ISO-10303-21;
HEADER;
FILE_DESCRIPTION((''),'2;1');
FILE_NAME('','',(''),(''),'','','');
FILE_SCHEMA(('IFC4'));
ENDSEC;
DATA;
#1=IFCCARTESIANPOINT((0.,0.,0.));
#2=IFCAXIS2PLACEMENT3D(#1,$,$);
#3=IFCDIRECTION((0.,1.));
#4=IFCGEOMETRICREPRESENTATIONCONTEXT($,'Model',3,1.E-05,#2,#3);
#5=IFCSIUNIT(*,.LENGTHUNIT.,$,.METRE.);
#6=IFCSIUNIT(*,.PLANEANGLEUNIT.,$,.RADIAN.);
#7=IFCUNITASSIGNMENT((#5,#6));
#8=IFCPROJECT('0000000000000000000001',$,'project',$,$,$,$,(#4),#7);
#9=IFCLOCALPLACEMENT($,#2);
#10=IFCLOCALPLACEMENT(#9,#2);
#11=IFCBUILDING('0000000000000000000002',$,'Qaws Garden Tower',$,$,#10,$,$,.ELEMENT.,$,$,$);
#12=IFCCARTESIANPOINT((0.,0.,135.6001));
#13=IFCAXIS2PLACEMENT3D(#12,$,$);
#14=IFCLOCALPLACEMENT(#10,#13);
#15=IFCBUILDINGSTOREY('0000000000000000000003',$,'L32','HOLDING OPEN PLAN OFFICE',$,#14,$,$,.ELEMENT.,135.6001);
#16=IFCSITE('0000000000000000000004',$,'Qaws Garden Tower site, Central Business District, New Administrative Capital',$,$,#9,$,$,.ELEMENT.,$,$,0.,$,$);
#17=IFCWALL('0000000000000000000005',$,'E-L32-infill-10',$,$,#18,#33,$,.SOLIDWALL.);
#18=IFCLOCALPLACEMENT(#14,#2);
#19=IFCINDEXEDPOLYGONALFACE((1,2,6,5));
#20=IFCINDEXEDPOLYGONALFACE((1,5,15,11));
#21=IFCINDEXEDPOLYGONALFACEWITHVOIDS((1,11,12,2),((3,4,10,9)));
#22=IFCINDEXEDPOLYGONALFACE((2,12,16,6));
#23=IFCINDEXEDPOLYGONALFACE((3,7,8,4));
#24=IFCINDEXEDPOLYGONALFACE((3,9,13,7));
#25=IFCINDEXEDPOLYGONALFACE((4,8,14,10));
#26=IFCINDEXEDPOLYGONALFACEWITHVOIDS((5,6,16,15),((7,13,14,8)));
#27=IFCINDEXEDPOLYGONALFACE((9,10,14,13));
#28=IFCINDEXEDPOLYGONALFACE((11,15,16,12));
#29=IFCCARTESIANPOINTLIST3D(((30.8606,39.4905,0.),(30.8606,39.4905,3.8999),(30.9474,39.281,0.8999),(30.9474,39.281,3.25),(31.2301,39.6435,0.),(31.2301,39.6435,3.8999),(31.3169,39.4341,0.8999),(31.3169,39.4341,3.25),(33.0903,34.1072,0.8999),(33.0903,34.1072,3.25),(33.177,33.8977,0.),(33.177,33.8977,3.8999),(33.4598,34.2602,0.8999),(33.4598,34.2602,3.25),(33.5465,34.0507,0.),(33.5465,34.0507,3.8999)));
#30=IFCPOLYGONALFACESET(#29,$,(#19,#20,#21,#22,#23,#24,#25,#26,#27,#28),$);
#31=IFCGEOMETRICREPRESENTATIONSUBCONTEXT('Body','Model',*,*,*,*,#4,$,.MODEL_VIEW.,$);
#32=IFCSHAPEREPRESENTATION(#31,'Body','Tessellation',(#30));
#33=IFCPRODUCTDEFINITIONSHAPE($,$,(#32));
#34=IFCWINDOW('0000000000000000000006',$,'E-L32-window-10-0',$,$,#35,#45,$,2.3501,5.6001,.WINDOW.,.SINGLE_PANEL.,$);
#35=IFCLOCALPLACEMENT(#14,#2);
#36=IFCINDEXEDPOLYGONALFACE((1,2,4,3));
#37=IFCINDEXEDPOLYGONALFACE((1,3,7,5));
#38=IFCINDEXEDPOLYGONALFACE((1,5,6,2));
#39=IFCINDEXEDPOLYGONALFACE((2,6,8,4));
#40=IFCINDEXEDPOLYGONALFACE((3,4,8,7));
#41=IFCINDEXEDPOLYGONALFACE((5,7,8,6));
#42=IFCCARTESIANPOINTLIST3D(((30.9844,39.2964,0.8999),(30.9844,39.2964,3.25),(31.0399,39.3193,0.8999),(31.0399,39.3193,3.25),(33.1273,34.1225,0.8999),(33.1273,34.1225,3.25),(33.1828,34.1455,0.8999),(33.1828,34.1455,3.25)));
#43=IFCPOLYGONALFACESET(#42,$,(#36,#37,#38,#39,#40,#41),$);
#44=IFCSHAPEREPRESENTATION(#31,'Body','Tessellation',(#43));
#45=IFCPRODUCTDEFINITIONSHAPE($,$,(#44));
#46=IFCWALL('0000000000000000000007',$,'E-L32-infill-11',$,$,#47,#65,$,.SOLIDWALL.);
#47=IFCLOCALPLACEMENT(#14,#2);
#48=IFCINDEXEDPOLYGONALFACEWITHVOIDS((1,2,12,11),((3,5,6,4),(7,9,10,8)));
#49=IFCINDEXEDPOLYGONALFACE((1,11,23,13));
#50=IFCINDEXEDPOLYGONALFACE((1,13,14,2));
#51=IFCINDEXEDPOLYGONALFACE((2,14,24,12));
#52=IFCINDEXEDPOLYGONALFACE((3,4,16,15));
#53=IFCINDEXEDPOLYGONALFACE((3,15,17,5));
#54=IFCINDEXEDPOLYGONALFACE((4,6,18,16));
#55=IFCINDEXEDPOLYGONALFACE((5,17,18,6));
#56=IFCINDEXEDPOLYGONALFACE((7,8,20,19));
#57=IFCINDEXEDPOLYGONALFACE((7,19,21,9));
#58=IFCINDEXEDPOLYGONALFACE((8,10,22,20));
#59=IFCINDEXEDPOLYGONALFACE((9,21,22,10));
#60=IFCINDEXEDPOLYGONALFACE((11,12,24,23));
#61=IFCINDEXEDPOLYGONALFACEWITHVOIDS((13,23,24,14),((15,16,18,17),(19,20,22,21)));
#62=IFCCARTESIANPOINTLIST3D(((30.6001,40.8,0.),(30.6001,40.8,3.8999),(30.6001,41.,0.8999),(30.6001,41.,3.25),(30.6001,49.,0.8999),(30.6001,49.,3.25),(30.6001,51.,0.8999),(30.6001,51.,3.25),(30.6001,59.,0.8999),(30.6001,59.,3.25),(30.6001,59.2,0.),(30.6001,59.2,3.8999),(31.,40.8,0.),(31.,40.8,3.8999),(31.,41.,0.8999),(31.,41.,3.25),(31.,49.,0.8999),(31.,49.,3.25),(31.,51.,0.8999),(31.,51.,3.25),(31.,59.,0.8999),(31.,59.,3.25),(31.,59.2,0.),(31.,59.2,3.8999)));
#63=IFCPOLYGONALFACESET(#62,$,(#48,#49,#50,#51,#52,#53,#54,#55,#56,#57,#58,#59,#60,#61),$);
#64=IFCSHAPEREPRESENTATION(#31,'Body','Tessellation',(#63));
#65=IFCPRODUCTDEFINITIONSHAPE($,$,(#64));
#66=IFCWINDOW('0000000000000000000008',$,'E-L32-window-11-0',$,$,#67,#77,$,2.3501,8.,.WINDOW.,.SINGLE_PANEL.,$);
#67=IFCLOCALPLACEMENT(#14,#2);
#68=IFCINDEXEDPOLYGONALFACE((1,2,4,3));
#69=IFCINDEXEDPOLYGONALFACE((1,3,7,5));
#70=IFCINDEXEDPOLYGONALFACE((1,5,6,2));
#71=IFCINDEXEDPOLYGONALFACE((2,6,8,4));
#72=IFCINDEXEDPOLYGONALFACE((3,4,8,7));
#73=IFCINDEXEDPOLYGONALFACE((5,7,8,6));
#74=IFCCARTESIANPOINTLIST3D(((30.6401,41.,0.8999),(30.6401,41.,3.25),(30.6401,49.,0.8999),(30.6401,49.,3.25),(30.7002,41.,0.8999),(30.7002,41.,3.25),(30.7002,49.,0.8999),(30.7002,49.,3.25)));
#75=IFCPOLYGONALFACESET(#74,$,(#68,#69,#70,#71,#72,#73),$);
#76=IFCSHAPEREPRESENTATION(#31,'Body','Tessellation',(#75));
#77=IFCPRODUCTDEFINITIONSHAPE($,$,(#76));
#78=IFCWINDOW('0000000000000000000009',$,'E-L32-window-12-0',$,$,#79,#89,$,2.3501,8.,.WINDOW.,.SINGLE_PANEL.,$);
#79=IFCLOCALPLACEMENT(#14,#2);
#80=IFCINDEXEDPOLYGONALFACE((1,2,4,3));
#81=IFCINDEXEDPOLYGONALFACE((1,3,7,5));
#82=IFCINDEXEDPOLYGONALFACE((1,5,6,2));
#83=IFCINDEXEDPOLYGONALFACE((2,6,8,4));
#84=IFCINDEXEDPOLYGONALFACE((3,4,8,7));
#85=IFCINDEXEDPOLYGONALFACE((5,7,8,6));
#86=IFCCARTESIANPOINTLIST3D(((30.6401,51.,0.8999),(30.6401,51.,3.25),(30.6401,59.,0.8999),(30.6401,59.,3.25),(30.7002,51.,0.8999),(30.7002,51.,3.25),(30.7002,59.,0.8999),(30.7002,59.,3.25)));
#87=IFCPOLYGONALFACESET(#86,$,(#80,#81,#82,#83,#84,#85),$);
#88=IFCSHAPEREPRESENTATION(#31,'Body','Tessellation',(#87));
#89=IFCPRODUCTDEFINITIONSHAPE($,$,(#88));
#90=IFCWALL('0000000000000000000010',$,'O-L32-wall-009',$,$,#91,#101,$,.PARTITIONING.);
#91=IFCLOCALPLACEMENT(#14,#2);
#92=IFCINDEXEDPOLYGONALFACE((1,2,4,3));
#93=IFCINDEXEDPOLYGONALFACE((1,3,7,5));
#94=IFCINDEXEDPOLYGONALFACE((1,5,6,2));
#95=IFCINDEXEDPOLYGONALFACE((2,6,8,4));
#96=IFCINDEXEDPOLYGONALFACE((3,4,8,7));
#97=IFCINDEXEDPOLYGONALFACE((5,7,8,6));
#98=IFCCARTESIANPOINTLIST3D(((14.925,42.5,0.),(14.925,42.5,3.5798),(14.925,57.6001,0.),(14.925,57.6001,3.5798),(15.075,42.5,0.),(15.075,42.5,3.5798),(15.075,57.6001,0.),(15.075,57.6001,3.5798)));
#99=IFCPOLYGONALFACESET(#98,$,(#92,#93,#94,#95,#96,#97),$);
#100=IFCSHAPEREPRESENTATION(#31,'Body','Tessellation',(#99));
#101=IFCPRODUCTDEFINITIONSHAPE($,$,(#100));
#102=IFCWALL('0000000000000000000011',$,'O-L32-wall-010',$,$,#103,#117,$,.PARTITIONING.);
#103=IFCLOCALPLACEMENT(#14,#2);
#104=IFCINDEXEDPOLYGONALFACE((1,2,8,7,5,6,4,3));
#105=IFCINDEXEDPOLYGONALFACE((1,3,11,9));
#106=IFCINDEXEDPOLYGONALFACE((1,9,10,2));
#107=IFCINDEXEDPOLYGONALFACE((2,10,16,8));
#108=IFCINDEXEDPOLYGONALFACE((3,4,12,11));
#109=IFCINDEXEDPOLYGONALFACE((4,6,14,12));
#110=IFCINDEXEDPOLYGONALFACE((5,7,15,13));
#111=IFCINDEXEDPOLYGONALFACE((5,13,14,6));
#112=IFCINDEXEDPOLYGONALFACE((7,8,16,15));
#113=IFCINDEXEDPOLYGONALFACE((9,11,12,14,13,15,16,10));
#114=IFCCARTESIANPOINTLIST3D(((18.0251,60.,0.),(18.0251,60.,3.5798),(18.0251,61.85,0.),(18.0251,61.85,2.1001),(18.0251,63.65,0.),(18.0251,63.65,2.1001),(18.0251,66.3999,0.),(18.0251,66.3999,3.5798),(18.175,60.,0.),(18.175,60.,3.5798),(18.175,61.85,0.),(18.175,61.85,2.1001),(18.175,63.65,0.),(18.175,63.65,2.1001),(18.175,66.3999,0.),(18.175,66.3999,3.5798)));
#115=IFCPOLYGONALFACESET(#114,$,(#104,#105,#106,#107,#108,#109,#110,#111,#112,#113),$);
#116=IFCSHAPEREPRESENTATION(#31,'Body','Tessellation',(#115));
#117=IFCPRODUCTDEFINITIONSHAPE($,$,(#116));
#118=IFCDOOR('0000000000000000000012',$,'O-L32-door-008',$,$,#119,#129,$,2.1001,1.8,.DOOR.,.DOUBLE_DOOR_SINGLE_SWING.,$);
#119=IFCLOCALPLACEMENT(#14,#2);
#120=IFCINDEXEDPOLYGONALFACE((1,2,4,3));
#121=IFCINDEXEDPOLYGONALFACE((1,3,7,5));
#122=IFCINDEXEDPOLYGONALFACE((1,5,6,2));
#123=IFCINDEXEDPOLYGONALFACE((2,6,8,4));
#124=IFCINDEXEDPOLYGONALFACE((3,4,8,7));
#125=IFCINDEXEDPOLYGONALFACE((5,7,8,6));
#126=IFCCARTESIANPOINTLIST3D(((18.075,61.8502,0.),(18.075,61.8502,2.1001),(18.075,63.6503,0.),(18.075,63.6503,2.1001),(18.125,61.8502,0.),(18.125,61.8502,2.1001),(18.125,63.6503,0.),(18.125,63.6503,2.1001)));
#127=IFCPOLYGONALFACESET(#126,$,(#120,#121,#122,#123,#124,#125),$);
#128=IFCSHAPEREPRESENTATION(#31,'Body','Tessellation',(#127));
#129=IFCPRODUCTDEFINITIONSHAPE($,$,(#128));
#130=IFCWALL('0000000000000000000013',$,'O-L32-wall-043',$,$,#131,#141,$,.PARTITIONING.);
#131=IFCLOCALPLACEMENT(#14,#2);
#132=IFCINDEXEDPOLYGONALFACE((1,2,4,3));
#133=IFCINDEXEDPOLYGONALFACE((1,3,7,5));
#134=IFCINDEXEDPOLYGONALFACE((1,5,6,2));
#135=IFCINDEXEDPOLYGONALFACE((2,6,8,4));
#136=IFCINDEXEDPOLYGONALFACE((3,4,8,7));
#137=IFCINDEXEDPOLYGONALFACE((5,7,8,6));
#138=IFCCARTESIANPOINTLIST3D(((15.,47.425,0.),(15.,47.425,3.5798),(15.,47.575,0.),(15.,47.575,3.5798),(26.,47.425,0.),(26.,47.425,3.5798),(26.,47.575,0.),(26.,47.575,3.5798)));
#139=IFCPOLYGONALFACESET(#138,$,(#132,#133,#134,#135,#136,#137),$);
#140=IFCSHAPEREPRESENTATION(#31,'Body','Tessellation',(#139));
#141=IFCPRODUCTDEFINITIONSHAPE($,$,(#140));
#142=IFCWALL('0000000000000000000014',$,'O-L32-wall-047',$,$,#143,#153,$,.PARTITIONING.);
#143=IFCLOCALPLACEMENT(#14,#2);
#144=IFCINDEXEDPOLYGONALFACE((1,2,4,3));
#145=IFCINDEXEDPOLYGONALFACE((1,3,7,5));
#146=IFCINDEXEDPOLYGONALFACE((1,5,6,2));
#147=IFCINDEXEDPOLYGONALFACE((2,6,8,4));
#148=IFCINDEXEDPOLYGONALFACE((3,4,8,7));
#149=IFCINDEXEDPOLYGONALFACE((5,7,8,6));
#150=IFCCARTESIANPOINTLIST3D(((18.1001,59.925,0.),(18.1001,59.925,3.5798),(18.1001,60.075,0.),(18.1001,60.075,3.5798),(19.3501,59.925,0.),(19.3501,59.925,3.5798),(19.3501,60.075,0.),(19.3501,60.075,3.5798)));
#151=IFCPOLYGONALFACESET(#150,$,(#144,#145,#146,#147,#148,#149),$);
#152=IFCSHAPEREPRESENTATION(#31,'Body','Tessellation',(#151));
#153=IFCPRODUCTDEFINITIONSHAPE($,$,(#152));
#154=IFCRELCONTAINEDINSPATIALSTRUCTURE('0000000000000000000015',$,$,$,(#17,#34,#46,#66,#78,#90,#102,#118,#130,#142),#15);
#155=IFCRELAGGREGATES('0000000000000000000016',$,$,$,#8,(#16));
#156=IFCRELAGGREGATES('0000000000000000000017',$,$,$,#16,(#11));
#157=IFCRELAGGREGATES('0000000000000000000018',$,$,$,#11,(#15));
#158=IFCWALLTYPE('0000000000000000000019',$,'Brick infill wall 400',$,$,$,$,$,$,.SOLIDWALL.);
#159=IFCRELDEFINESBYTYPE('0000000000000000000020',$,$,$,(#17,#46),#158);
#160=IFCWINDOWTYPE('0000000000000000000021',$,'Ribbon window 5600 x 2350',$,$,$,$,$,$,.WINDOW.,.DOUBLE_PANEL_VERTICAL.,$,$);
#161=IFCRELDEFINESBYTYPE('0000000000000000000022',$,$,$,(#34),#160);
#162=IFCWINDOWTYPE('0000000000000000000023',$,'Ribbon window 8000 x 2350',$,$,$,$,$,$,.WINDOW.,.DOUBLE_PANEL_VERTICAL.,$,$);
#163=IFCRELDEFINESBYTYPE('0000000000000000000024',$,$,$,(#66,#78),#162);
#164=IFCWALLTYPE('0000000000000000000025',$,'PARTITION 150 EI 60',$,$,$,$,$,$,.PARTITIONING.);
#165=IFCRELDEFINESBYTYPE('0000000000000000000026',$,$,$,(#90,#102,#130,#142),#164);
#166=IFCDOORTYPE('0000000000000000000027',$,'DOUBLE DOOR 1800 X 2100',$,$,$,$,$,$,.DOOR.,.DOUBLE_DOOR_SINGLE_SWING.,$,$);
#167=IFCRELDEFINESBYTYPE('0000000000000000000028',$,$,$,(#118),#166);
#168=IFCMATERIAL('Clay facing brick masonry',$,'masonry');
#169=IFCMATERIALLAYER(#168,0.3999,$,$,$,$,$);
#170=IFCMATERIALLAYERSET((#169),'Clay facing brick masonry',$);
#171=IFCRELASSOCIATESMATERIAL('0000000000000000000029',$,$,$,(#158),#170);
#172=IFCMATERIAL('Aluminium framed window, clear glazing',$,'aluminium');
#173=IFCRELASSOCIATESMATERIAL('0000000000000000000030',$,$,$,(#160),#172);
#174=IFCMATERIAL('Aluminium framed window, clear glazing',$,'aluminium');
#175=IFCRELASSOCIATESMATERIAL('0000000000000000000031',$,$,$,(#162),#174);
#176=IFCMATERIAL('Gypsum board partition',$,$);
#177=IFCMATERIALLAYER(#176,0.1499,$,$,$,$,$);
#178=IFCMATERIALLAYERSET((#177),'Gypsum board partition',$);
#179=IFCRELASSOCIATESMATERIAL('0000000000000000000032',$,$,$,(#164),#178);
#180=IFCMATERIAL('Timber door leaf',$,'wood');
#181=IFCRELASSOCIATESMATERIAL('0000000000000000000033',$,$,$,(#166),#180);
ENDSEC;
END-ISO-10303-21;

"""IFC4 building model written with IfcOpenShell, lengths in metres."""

from ifc_helpers import new_model, si_unit, direction, frame, frame_2d, origin, place, context, subcontext, project, spatial, rectangle, extrude, material, layer, layer_set, type_object, element, fill, save


model = new_model("IFC4")

# Units and contexts
model_context = context("Model", 3, precision=1e-05, world=origin(), true_north=direction((0.0, 1.0)))
body_context = subcontext(model_context, "Body", "Model", "MODEL_VIEW")
ifc_project = project(units=[si_unit("LENGTHUNIT", "METRE"), si_unit("PLANEANGLEUNIT", "RADIAN")], contexts=[model_context])

# Site, building, storey
site_placement = place(None, origin())
site = spatial("IfcSite", under=ifc_project, at=site_placement, Name="Qaws Garden Tower site, Central Business District, New Administrative Capital", CompositionType="ELEMENT", RefElevation=0.0)
building_placement = place(site_placement, origin())
building = spatial("IfcBuilding", under=site, at=building_placement, Name="Qaws Garden Tower", CompositionType="ELEMENT")
storey_placement = place(building_placement, frame((0.0, 0.0, 135.6001)))
storey = spatial("IfcBuildingStorey", under=building, at=storey_placement, Name="L32", Description="HOLDING OPEN PLAN OFFICE", CompositionType="ELEMENT", Elevation=135.6001)

# Wall, opening, window
ifc_material_1 = material(Name="Clay facing brick masonry", Category="masonry")
ifc_layer_1 = layer(ifc_material_1, 0.3999)
ifc_layer_set_1 = layer_set([ifc_layer_1], Name="Clay facing brick masonry")
wall_type_1 = type_object("IfcWallType", Name="Brick infill wall 400", PredefinedType="SOLIDWALL", material=ifc_layer_set_1)
wall_1_placement = place(storey_placement, frame((33.3618, 33.9741, 0.0), z_axis=(0.0, 0.0, 1.0), x_axis=(-0.382656, 0.923891, 0.0)))
wall_1 = element("IfcWall", 1, at=wall_1_placement, inside=storey, type_object=wall_type_1, Name="E-L32-infill-10", PredefinedType="SOLIDWALL", context=body_context, shape_type="SweptSolid", body=[
    extrude(rectangle(XDim=6.0535, YDim=0.3999, at=frame_2d((3.0269, 0.0))), origin(), (0.0, 0.0, 1.0), 3.8999),
])
opening_1_placement = place(wall_1_placement, frame((0.2268, 0.0, 0.8999)))
opening_1 = element("IfcOpeningElement", 2, at=opening_1_placement, cuts=wall_1, PredefinedType="OPENING", context=body_context, shape_type="SweptSolid", body=[
    extrude(rectangle(XDim=5.6001, YDim=2.3501, at=frame_2d((2.8, 1.175))), frame((0.0, 0.21, 0.0), z_axis=(0.0, -1.0, 0.0), x_axis=(1.0, 0.0, 0.0)), (0.0, 0.0, 1.0), 0.4199),
])
ifc_material_2 = material(Name="Aluminium framed window, clear glazing", Category="aluminium")
window_type_1 = type_object("IfcWindowType", Name="Ribbon window 5600 x 2350", PartitioningType="DOUBLE_PANEL_VERTICAL", PredefinedType="WINDOW", material=ifc_material_2)
window_1_placement = place(opening_1_placement, origin())
window_1 = element("IfcWindow", 3, at=window_1_placement, inside=storey, type_object=window_type_1, Name="E-L32-window-10-0", OverallHeight=2.3501, OverallWidth=5.6001, PartitioningType="SINGLE_PANEL", PredefinedType="WINDOW", context=body_context, shape_type="SweptSolid", body=[
    extrude(rectangle(XDim=5.6001, YDim=2.3501, at=frame_2d((2.8, 1.175))), frame((0.0, 0.1599, 0.0), z_axis=(0.0, -1.0, 0.0), x_axis=(1.0, 0.0, 0.0)), (0.0, 0.0, 1.0), 0.0601),
])
fill(opening_1, window_1)

# Wall, openings, windows
wall_2_placement = place(storey_placement, frame((30.8, 40.8, 0.0), z_axis=(0.0, 0.0, 1.0), x_axis=(0.0, 1.0, 0.0)))
wall_2 = element("IfcWall", 4, at=wall_2_placement, inside=storey, type_object=wall_type_1, Name="E-L32-infill-11", PredefinedType="SOLIDWALL", context=body_context, shape_type="SweptSolid", body=[
    extrude(rectangle(XDim=18.3999, YDim=0.3999, at=frame_2d((9.2, 0.0))), origin(), (0.0, 0.0, 1.0), 3.8999),
])
opening_2_placement = place(wall_2_placement, frame((0.2, 0.0, 0.8999)))
opening_2 = element("IfcOpeningElement", 5, at=opening_2_placement, cuts=wall_2, PredefinedType="OPENING", context=body_context, shape_type="SweptSolid", body=[
    extrude(rectangle(XDim=8.0, YDim=2.3501, at=frame_2d((4.0, 1.175))), frame((0.0, 0.21, 0.0), z_axis=(0.0, -1.0, 0.0), x_axis=(1.0, 0.0, 0.0)), (0.0, 0.0, 1.0), 0.4199),
])
opening_3_placement = place(wall_2_placement, frame((10.2, 0.0, 0.8999)))
opening_3 = element("IfcOpeningElement", 6, at=opening_3_placement, cuts=wall_2, PredefinedType="OPENING", context=body_context, shape_type="SweptSolid", body=[
    extrude(rectangle(XDim=8.0, YDim=2.3501, at=frame_2d((4.0, 1.175))), frame((0.0, 0.21, 0.0), z_axis=(0.0, -1.0, 0.0), x_axis=(1.0, 0.0, 0.0)), (0.0, 0.0, 1.0), 0.4199),
])
ifc_material_3 = material(Name="Aluminium framed window, clear glazing", Category="aluminium")
window_type_2 = type_object("IfcWindowType", Name="Ribbon window 8000 x 2350", PartitioningType="DOUBLE_PANEL_VERTICAL", PredefinedType="WINDOW", material=ifc_material_3)
window_2_placement = place(opening_2_placement, origin())
window_2 = element("IfcWindow", 7, at=window_2_placement, inside=storey, type_object=window_type_2, Name="E-L32-window-11-0", OverallHeight=2.3501, OverallWidth=8.0, PartitioningType="SINGLE_PANEL", PredefinedType="WINDOW", context=body_context, shape_type="SweptSolid", body=[
    extrude(rectangle(XDim=8.0, YDim=2.3501, at=frame_2d((4.0, 1.175))), frame((0.0, 0.1599, 0.0), z_axis=(0.0, -1.0, 0.0), x_axis=(1.0, 0.0, 0.0)), (0.0, 0.0, 1.0), 0.0601),
])
fill(opening_2, window_2)
window_3_placement = place(opening_3_placement, origin())
window_3 = element("IfcWindow", 8, at=window_3_placement, inside=storey, type_object=window_type_2, Name="E-L32-window-12-0", OverallHeight=2.3501, OverallWidth=8.0, PartitioningType="SINGLE_PANEL", PredefinedType="WINDOW", context=body_context, shape_type="SweptSolid", body=[
    extrude(rectangle(XDim=8.0, YDim=2.3501, at=frame_2d((4.0, 1.175))), frame((0.0, 0.1599, 0.0), z_axis=(0.0, -1.0, 0.0), x_axis=(1.0, 0.0, 0.0)), (0.0, 0.0, 1.0), 0.0601),
])
fill(opening_3, window_3)

# Wall
ifc_material_4 = material(Name="Gypsum board partition")
ifc_layer_2 = layer(ifc_material_4, 0.1499)
ifc_layer_set_2 = layer_set([ifc_layer_2], Name="Gypsum board partition")
wall_type_2 = type_object("IfcWallType", Name="PARTITION 150 EI 60", PredefinedType="PARTITIONING", material=ifc_layer_set_2)
wall_3_placement = place(storey_placement, frame((15.0, 42.5, 0.0), z_axis=(0.0, 0.0, 1.0), x_axis=(0.0, 1.0, 0.0)))
element("IfcWall", 9, at=wall_3_placement, inside=storey, type_object=wall_type_2, Name="O-L32-wall-009", PredefinedType="PARTITIONING", context=body_context, shape_type="SweptSolid", body=[
    extrude(rectangle(XDim=15.1001, YDim=0.1499, at=frame_2d((7.55, 0.0))), origin(), (0.0, 0.0, 1.0), 3.5798),
])

# Wall, opening, door
wall_4_placement = place(storey_placement, frame((18.1001, 60.0, 0.0), z_axis=(0.0, 0.0, 1.0), x_axis=(0.0, 1.0, 0.0)))
wall_4 = element("IfcWall", 10, at=wall_4_placement, inside=storey, type_object=wall_type_2, Name="O-L32-wall-010", PredefinedType="PARTITIONING", context=body_context, shape_type="SweptSolid", body=[
    extrude(rectangle(XDim=6.3999, YDim=0.1499, at=frame_2d((3.2, 0.0))), origin(), (0.0, 0.0, 1.0), 3.5798),
])
opening_4_placement = place(wall_4_placement, frame((1.8501, 0.0, 0.0)))
opening_4 = element("IfcOpeningElement", 11, at=opening_4_placement, cuts=wall_4, PredefinedType="OPENING", context=body_context, shape_type="SweptSolid", body=[
    extrude(rectangle(XDim=1.8, YDim=2.1001, at=frame_2d((0.8999, 1.05))), frame((0.0, 0.085, 0.0), z_axis=(0.0, -1.0, 0.0), x_axis=(1.0, 0.0, 0.0)), (0.0, 0.0, 1.0), 0.1699),
])
ifc_material_5 = material(Name="Timber door leaf", Category="wood")
door_type_1 = type_object("IfcDoorType", Name="DOUBLE DOOR 1800 X 2100", OperationType="DOUBLE_DOOR_SINGLE_SWING", PredefinedType="DOOR", material=ifc_material_5)
door_1_placement = place(opening_4_placement, frame((1.8, 0.0, 0.0), z_axis=(0.0, 0.0, 1.0), x_axis=(-1.0, 0.0, 0.0)))
door_1 = element("IfcDoor", 12, at=door_1_placement, inside=storey, type_object=door_type_1, Name="O-L32-door-008", OperationType="DOUBLE_DOOR_SINGLE_SWING", OverallHeight=2.1001, OverallWidth=1.8, PredefinedType="DOOR", context=body_context, shape_type="SweptSolid", body=[
    extrude(rectangle(XDim=1.8, YDim=2.1001, at=frame_2d((0.8999, 1.05))), frame((0.0, 0.0249, 0.0), z_axis=(0.0, -1.0, 0.0), x_axis=(1.0, 0.0, 0.0)), (0.0, 0.0, 1.0), 0.05),
])
fill(opening_4, door_1)

# Walls
wall_5_placement = place(storey_placement, frame((15.0, 47.5, 0.0), z_axis=(0.0, 0.0, 1.0), x_axis=(1.0, 0.0, 0.0)))
element("IfcWall", 13, at=wall_5_placement, inside=storey, type_object=wall_type_2, Name="O-L32-wall-043", PredefinedType="PARTITIONING", context=body_context, shape_type="SweptSolid", body=[
    extrude(rectangle(XDim=11.0, YDim=0.1499, at=frame_2d((5.5, 0.0))), origin(), (0.0, 0.0, 1.0), 3.5798),
])
wall_6_placement = place(storey_placement, frame((18.1001, 60.0, 0.0), z_axis=(0.0, 0.0, 1.0), x_axis=(1.0, 0.0, 0.0)))
element("IfcWall", 14, at=wall_6_placement, inside=storey, type_object=wall_type_2, Name="O-L32-wall-047", PredefinedType="PARTITIONING", context=body_context, shape_type="SweptSolid", body=[
    extrude(rectangle(XDim=1.25, YDim=0.1499, at=frame_2d((0.625, 0.0))), origin(), (0.0, 0.0, 1.0), 3.5798),
])

save(model, "model.ifc")
